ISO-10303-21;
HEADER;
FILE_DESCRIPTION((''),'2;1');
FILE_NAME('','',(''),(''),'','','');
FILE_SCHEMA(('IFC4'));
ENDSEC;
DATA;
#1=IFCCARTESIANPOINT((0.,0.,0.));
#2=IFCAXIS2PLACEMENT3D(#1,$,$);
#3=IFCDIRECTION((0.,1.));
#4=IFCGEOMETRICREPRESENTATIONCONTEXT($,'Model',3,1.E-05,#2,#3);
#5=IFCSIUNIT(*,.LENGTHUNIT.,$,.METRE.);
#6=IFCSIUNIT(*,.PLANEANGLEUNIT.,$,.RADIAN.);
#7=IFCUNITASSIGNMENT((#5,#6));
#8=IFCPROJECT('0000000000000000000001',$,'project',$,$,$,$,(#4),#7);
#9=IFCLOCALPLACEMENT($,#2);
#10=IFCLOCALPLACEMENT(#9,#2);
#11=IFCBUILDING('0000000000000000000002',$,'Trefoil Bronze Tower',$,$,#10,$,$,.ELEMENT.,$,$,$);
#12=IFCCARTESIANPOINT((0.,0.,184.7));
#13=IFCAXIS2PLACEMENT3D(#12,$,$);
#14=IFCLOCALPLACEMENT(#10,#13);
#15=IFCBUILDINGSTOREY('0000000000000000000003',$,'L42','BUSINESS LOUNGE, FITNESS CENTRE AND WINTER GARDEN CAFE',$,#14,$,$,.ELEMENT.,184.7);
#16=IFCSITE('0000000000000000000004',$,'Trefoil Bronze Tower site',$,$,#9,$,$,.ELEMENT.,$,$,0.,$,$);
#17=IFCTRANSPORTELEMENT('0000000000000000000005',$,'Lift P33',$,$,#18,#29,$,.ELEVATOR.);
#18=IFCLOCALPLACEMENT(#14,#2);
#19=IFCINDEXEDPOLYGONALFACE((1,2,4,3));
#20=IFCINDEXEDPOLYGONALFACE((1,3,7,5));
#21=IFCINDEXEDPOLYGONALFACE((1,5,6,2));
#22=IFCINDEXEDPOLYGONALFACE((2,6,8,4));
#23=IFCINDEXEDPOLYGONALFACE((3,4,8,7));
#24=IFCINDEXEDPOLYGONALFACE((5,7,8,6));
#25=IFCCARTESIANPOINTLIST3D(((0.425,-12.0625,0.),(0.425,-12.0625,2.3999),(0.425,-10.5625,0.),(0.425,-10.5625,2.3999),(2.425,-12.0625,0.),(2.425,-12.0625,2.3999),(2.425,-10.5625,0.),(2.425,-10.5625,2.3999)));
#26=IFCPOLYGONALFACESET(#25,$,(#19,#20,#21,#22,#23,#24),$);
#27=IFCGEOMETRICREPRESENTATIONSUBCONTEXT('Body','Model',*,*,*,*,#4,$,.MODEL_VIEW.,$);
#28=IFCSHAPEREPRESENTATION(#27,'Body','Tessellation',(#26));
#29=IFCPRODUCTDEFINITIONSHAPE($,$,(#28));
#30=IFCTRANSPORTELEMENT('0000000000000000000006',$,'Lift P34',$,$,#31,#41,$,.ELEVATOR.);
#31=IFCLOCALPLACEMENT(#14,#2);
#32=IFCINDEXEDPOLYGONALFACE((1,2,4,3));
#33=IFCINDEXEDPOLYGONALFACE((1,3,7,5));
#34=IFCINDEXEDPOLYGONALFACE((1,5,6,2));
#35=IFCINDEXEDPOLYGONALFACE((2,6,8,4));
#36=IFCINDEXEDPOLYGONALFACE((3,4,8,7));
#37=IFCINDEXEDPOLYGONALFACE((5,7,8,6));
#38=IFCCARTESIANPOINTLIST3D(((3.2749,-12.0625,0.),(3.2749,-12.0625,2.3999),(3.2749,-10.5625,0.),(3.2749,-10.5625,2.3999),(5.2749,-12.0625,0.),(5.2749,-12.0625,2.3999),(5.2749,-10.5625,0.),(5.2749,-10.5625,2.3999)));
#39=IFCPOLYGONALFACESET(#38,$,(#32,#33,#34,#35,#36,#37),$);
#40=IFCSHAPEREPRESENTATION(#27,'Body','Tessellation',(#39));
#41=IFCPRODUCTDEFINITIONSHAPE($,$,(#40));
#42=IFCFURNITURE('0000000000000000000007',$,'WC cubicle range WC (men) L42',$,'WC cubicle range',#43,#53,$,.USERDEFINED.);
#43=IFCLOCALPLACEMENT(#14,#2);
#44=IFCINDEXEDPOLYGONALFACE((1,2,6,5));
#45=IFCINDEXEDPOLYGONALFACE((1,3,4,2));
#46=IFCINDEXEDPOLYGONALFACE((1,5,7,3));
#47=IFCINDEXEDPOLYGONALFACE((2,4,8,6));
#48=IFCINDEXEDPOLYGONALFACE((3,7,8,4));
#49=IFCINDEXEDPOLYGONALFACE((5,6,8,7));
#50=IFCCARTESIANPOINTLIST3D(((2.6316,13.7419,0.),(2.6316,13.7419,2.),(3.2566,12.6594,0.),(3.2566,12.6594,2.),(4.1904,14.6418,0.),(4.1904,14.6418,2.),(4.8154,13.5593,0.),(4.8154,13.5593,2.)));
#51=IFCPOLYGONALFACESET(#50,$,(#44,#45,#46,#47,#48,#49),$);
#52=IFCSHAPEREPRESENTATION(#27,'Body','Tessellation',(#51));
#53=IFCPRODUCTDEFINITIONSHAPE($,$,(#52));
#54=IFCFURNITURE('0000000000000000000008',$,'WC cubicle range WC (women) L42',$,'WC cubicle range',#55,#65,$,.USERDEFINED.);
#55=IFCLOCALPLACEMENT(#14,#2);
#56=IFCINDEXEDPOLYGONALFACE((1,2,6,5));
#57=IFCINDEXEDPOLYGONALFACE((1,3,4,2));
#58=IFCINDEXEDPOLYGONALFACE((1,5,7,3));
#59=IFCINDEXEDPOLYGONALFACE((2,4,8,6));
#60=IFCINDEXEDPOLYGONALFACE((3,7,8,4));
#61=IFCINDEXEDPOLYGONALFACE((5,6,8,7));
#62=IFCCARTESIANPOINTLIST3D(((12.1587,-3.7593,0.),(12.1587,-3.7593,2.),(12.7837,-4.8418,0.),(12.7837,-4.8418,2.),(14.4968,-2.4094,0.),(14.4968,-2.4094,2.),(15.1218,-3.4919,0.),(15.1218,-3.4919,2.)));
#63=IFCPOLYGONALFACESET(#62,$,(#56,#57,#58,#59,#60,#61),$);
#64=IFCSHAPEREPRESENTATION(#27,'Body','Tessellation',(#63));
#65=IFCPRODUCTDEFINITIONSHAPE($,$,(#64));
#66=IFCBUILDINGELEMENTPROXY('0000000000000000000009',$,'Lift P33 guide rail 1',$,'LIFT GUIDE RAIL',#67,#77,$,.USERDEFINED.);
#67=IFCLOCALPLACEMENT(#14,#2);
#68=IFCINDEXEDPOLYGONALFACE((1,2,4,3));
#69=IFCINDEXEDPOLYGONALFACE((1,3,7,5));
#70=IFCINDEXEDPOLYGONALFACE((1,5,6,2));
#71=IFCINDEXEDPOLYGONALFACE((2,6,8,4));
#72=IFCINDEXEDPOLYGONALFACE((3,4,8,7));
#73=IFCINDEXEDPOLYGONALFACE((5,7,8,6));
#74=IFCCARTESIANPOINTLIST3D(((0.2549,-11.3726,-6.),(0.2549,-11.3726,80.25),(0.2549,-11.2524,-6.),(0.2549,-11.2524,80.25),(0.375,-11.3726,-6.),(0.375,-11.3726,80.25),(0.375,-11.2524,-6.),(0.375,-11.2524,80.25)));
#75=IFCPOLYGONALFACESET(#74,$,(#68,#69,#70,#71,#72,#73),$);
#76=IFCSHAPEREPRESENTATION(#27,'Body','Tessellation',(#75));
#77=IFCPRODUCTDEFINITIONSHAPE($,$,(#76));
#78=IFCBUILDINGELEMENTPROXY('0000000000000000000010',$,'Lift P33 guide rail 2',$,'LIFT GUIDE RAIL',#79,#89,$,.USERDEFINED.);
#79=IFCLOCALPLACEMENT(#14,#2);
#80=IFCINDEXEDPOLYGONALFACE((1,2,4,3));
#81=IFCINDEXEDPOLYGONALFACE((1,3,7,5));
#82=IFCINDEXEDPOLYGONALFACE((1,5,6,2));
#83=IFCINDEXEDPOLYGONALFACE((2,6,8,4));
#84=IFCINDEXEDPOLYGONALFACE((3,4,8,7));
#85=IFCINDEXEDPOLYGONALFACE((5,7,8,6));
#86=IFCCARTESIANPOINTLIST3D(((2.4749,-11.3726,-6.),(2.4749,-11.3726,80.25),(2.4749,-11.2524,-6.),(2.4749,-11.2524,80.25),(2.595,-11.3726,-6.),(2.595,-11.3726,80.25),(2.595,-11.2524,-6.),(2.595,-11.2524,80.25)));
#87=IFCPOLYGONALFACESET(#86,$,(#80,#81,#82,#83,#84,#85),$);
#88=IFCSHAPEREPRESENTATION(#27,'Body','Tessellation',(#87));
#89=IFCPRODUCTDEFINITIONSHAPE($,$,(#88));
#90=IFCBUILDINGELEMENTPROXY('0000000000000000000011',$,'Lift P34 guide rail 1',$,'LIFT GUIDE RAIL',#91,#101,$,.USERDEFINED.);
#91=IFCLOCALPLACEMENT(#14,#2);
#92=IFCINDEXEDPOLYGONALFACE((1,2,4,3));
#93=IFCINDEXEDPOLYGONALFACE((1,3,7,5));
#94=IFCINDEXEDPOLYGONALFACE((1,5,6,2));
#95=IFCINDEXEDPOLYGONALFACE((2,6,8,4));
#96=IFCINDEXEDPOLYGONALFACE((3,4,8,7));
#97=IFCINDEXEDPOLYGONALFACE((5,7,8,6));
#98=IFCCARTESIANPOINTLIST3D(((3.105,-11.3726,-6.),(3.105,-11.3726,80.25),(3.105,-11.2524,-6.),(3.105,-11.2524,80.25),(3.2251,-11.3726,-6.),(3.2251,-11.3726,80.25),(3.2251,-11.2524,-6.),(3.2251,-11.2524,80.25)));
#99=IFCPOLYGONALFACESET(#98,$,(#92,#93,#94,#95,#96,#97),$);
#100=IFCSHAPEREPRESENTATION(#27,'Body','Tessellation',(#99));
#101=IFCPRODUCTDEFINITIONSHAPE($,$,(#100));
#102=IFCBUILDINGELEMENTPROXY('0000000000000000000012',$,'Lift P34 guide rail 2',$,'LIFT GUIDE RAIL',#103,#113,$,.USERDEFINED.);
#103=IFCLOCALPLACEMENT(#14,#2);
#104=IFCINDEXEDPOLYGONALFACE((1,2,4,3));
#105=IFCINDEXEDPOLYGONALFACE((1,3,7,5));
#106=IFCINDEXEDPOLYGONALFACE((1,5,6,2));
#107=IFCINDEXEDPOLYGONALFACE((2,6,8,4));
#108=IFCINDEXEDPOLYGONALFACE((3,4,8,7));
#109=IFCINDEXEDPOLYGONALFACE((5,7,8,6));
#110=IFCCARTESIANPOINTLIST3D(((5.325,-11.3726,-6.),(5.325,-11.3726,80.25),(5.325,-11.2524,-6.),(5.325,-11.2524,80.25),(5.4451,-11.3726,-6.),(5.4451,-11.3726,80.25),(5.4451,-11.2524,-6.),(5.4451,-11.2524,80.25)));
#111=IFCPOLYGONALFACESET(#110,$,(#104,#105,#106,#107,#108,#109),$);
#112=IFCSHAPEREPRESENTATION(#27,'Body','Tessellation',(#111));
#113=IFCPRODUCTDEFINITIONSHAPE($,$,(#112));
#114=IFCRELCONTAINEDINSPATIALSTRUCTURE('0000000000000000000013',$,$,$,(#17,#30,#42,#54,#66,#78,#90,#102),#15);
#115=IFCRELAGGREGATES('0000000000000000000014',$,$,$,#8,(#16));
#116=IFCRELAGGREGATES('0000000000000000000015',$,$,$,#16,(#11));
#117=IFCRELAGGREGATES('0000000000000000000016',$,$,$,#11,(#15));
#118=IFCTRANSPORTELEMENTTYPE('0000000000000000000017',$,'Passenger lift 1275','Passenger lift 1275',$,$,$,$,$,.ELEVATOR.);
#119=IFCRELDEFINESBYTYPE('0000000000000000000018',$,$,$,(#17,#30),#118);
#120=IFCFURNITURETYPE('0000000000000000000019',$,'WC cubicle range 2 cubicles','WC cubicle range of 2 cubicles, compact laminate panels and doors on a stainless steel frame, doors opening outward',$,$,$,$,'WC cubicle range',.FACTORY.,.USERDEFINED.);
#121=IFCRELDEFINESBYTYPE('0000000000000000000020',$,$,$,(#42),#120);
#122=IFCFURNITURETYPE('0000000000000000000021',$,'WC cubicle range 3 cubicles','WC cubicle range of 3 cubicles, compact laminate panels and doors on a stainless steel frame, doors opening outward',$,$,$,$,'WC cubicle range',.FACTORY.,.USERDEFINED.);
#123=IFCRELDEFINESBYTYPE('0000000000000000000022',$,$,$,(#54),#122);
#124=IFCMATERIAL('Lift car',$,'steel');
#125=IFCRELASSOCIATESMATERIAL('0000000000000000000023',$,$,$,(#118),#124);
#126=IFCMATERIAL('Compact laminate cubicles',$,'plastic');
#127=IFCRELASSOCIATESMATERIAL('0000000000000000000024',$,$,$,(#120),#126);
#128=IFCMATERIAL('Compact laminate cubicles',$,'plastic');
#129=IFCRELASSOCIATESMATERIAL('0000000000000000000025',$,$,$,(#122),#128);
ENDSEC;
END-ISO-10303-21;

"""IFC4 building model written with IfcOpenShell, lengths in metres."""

from ifc_helpers import new_model, si_unit, direction, frame, origin, origin_2d, place, context, subcontext, project, spatial, polyline, rectangle, outline, extrude, material, type_object, element, save


model = new_model("IFC4")

# Units and contexts
model_context = context("Model", 3, precision=1e-05, world=origin(), true_north=direction((0.0, 1.0)))
body_context = subcontext(model_context, "Body", "Model", "MODEL_VIEW")
ifc_project = project(units=[si_unit("LENGTHUNIT", "METRE"), si_unit("PLANEANGLEUNIT", "RADIAN")], contexts=[model_context])

# Site, building, storey
site_placement = place(None, origin())
site = spatial("IfcSite", under=ifc_project, at=site_placement, Name="Trefoil Bronze Tower site", CompositionType="ELEMENT", RefElevation=0.0)
building_placement = place(site_placement, origin())
building = spatial("IfcBuilding", under=site, at=building_placement, Name="Trefoil Bronze Tower", CompositionType="ELEMENT")
storey_placement = place(building_placement, frame((0.0, 0.0, 184.7)))
storey = spatial("IfcBuildingStorey", under=building, at=storey_placement, Name="L42", Description="BUSINESS LOUNGE, FITNESS CENTRE AND WINTER GARDEN CAFE", CompositionType="ELEMENT", Elevation=184.7)

# Transport elements
ifc_material_1 = material(Name="Lift car", Category="steel")
transport_element_type = type_object("IfcTransportElementType", Name="Passenger lift 1275", Description="Passenger lift 1275", PredefinedType="ELEVATOR", material=ifc_material_1)
for number, where, z_axis, x_axis, name in (
    (1, (1.425, -11.3125, 0.0), (0.0, 0.0, 1.0), (1.0, 0.0, 0.0), "Lift P33"),
    (2, (4.2749, -11.3125, 0.0), (0.0, 0.0, 1.0), (1.0, 0.0, 0.0), "Lift P34"),
):
    element("IfcTransportElement", number, at=place(storey_placement, frame(where, z_axis=z_axis, x_axis=x_axis)), inside=storey, type_object=transport_element_type, Name=name, PredefinedType="ELEVATOR", context=body_context, shape_type="SweptSolid", body=[
        extrude(rectangle(XDim=2.0, YDim=1.5, at=origin_2d()), origin(), (0.0, 0.0, 1.0), 2.3999),
    ])

# Furniture
ifc_material_2 = material(Name="Compact laminate cubicles", Category="plastic")
furniture_type_1 = type_object("IfcFurnitureType", Name="WC cubicle range 2 cubicles", Description="WC cubicle range of 2 cubicles, compact laminate panels and doors on a stainless steel frame, doors opening outward", ElementType="WC cubicle range", AssemblyPlace="FACTORY", PredefinedType="USERDEFINED", material=ifc_material_2)
furniture_1_placement = place(storey_placement, origin())
element("IfcFurniture", 3, at=furniture_1_placement, inside=storey, type_object=furniture_type_1, Name="WC cubicle range WC (men) L42", ObjectType="WC cubicle range", PredefinedType="USERDEFINED", context=body_context, shape_type="SweptSolid", body=[
    extrude(outline(polyline([(3.2566, 12.6594), (2.6316, 13.7419), (4.1904, 14.6418), (4.8154, 13.5593), (3.2566, 12.6594)])), origin(), (0.0, 0.0, 1.0), 2.0),
])
ifc_material_3 = material(Name="Compact laminate cubicles", Category="plastic")
furniture_type_2 = type_object("IfcFurnitureType", Name="WC cubicle range 3 cubicles", Description="WC cubicle range of 3 cubicles, compact laminate panels and doors on a stainless steel frame, doors opening outward", ElementType="WC cubicle range", AssemblyPlace="FACTORY", PredefinedType="USERDEFINED", material=ifc_material_3)
furniture_2_placement = place(storey_placement, origin())
element("IfcFurniture", 4, at=furniture_2_placement, inside=storey, type_object=furniture_type_2, Name="WC cubicle range WC (women) L42", ObjectType="WC cubicle range", PredefinedType="USERDEFINED", context=body_context, shape_type="SweptSolid", body=[
    extrude(outline(polyline([(12.1587, -3.7593), (12.7837, -4.8418), (15.1218, -3.4919), (14.4968, -2.4094), (12.1587, -3.7593)])), origin(), (0.0, 0.0, 1.0), 2.0),
])

# Building element proxies
for number, where, z_axis, x_axis, name in (
    (5, (0.3149, -11.3125, -6.0), (0.0, 0.0, 1.0), (1.0, 0.0, 0.0), "Lift P33 guide rail 1"),
    (6, (2.5349, -11.3125, -6.0), (0.0, 0.0, 1.0), (1.0, 0.0, 0.0), "Lift P33 guide rail 2"),
    (7, (3.165, -11.3125, -6.0), (0.0, 0.0, 1.0), (1.0, 0.0, 0.0), "Lift P34 guide rail 1"),
    (8, (5.385, -11.3125, -6.0), (0.0, 0.0, 1.0), (1.0, 0.0, 0.0), "Lift P34 guide rail 2"),
):
    element("IfcBuildingElementProxy", number, at=place(storey_placement, frame(where, z_axis=z_axis, x_axis=x_axis)), inside=storey, Name=name, ObjectType="LIFT GUIDE RAIL", PredefinedType="USERDEFINED", context=body_context, shape_type="SweptSolid", body=[
        extrude(rectangle(XDim=0.1201, YDim=0.1201, at=origin_2d()), origin(), (0.0, 0.0, 1.0), 86.25),
    ])

save(model, "model.ifc")
